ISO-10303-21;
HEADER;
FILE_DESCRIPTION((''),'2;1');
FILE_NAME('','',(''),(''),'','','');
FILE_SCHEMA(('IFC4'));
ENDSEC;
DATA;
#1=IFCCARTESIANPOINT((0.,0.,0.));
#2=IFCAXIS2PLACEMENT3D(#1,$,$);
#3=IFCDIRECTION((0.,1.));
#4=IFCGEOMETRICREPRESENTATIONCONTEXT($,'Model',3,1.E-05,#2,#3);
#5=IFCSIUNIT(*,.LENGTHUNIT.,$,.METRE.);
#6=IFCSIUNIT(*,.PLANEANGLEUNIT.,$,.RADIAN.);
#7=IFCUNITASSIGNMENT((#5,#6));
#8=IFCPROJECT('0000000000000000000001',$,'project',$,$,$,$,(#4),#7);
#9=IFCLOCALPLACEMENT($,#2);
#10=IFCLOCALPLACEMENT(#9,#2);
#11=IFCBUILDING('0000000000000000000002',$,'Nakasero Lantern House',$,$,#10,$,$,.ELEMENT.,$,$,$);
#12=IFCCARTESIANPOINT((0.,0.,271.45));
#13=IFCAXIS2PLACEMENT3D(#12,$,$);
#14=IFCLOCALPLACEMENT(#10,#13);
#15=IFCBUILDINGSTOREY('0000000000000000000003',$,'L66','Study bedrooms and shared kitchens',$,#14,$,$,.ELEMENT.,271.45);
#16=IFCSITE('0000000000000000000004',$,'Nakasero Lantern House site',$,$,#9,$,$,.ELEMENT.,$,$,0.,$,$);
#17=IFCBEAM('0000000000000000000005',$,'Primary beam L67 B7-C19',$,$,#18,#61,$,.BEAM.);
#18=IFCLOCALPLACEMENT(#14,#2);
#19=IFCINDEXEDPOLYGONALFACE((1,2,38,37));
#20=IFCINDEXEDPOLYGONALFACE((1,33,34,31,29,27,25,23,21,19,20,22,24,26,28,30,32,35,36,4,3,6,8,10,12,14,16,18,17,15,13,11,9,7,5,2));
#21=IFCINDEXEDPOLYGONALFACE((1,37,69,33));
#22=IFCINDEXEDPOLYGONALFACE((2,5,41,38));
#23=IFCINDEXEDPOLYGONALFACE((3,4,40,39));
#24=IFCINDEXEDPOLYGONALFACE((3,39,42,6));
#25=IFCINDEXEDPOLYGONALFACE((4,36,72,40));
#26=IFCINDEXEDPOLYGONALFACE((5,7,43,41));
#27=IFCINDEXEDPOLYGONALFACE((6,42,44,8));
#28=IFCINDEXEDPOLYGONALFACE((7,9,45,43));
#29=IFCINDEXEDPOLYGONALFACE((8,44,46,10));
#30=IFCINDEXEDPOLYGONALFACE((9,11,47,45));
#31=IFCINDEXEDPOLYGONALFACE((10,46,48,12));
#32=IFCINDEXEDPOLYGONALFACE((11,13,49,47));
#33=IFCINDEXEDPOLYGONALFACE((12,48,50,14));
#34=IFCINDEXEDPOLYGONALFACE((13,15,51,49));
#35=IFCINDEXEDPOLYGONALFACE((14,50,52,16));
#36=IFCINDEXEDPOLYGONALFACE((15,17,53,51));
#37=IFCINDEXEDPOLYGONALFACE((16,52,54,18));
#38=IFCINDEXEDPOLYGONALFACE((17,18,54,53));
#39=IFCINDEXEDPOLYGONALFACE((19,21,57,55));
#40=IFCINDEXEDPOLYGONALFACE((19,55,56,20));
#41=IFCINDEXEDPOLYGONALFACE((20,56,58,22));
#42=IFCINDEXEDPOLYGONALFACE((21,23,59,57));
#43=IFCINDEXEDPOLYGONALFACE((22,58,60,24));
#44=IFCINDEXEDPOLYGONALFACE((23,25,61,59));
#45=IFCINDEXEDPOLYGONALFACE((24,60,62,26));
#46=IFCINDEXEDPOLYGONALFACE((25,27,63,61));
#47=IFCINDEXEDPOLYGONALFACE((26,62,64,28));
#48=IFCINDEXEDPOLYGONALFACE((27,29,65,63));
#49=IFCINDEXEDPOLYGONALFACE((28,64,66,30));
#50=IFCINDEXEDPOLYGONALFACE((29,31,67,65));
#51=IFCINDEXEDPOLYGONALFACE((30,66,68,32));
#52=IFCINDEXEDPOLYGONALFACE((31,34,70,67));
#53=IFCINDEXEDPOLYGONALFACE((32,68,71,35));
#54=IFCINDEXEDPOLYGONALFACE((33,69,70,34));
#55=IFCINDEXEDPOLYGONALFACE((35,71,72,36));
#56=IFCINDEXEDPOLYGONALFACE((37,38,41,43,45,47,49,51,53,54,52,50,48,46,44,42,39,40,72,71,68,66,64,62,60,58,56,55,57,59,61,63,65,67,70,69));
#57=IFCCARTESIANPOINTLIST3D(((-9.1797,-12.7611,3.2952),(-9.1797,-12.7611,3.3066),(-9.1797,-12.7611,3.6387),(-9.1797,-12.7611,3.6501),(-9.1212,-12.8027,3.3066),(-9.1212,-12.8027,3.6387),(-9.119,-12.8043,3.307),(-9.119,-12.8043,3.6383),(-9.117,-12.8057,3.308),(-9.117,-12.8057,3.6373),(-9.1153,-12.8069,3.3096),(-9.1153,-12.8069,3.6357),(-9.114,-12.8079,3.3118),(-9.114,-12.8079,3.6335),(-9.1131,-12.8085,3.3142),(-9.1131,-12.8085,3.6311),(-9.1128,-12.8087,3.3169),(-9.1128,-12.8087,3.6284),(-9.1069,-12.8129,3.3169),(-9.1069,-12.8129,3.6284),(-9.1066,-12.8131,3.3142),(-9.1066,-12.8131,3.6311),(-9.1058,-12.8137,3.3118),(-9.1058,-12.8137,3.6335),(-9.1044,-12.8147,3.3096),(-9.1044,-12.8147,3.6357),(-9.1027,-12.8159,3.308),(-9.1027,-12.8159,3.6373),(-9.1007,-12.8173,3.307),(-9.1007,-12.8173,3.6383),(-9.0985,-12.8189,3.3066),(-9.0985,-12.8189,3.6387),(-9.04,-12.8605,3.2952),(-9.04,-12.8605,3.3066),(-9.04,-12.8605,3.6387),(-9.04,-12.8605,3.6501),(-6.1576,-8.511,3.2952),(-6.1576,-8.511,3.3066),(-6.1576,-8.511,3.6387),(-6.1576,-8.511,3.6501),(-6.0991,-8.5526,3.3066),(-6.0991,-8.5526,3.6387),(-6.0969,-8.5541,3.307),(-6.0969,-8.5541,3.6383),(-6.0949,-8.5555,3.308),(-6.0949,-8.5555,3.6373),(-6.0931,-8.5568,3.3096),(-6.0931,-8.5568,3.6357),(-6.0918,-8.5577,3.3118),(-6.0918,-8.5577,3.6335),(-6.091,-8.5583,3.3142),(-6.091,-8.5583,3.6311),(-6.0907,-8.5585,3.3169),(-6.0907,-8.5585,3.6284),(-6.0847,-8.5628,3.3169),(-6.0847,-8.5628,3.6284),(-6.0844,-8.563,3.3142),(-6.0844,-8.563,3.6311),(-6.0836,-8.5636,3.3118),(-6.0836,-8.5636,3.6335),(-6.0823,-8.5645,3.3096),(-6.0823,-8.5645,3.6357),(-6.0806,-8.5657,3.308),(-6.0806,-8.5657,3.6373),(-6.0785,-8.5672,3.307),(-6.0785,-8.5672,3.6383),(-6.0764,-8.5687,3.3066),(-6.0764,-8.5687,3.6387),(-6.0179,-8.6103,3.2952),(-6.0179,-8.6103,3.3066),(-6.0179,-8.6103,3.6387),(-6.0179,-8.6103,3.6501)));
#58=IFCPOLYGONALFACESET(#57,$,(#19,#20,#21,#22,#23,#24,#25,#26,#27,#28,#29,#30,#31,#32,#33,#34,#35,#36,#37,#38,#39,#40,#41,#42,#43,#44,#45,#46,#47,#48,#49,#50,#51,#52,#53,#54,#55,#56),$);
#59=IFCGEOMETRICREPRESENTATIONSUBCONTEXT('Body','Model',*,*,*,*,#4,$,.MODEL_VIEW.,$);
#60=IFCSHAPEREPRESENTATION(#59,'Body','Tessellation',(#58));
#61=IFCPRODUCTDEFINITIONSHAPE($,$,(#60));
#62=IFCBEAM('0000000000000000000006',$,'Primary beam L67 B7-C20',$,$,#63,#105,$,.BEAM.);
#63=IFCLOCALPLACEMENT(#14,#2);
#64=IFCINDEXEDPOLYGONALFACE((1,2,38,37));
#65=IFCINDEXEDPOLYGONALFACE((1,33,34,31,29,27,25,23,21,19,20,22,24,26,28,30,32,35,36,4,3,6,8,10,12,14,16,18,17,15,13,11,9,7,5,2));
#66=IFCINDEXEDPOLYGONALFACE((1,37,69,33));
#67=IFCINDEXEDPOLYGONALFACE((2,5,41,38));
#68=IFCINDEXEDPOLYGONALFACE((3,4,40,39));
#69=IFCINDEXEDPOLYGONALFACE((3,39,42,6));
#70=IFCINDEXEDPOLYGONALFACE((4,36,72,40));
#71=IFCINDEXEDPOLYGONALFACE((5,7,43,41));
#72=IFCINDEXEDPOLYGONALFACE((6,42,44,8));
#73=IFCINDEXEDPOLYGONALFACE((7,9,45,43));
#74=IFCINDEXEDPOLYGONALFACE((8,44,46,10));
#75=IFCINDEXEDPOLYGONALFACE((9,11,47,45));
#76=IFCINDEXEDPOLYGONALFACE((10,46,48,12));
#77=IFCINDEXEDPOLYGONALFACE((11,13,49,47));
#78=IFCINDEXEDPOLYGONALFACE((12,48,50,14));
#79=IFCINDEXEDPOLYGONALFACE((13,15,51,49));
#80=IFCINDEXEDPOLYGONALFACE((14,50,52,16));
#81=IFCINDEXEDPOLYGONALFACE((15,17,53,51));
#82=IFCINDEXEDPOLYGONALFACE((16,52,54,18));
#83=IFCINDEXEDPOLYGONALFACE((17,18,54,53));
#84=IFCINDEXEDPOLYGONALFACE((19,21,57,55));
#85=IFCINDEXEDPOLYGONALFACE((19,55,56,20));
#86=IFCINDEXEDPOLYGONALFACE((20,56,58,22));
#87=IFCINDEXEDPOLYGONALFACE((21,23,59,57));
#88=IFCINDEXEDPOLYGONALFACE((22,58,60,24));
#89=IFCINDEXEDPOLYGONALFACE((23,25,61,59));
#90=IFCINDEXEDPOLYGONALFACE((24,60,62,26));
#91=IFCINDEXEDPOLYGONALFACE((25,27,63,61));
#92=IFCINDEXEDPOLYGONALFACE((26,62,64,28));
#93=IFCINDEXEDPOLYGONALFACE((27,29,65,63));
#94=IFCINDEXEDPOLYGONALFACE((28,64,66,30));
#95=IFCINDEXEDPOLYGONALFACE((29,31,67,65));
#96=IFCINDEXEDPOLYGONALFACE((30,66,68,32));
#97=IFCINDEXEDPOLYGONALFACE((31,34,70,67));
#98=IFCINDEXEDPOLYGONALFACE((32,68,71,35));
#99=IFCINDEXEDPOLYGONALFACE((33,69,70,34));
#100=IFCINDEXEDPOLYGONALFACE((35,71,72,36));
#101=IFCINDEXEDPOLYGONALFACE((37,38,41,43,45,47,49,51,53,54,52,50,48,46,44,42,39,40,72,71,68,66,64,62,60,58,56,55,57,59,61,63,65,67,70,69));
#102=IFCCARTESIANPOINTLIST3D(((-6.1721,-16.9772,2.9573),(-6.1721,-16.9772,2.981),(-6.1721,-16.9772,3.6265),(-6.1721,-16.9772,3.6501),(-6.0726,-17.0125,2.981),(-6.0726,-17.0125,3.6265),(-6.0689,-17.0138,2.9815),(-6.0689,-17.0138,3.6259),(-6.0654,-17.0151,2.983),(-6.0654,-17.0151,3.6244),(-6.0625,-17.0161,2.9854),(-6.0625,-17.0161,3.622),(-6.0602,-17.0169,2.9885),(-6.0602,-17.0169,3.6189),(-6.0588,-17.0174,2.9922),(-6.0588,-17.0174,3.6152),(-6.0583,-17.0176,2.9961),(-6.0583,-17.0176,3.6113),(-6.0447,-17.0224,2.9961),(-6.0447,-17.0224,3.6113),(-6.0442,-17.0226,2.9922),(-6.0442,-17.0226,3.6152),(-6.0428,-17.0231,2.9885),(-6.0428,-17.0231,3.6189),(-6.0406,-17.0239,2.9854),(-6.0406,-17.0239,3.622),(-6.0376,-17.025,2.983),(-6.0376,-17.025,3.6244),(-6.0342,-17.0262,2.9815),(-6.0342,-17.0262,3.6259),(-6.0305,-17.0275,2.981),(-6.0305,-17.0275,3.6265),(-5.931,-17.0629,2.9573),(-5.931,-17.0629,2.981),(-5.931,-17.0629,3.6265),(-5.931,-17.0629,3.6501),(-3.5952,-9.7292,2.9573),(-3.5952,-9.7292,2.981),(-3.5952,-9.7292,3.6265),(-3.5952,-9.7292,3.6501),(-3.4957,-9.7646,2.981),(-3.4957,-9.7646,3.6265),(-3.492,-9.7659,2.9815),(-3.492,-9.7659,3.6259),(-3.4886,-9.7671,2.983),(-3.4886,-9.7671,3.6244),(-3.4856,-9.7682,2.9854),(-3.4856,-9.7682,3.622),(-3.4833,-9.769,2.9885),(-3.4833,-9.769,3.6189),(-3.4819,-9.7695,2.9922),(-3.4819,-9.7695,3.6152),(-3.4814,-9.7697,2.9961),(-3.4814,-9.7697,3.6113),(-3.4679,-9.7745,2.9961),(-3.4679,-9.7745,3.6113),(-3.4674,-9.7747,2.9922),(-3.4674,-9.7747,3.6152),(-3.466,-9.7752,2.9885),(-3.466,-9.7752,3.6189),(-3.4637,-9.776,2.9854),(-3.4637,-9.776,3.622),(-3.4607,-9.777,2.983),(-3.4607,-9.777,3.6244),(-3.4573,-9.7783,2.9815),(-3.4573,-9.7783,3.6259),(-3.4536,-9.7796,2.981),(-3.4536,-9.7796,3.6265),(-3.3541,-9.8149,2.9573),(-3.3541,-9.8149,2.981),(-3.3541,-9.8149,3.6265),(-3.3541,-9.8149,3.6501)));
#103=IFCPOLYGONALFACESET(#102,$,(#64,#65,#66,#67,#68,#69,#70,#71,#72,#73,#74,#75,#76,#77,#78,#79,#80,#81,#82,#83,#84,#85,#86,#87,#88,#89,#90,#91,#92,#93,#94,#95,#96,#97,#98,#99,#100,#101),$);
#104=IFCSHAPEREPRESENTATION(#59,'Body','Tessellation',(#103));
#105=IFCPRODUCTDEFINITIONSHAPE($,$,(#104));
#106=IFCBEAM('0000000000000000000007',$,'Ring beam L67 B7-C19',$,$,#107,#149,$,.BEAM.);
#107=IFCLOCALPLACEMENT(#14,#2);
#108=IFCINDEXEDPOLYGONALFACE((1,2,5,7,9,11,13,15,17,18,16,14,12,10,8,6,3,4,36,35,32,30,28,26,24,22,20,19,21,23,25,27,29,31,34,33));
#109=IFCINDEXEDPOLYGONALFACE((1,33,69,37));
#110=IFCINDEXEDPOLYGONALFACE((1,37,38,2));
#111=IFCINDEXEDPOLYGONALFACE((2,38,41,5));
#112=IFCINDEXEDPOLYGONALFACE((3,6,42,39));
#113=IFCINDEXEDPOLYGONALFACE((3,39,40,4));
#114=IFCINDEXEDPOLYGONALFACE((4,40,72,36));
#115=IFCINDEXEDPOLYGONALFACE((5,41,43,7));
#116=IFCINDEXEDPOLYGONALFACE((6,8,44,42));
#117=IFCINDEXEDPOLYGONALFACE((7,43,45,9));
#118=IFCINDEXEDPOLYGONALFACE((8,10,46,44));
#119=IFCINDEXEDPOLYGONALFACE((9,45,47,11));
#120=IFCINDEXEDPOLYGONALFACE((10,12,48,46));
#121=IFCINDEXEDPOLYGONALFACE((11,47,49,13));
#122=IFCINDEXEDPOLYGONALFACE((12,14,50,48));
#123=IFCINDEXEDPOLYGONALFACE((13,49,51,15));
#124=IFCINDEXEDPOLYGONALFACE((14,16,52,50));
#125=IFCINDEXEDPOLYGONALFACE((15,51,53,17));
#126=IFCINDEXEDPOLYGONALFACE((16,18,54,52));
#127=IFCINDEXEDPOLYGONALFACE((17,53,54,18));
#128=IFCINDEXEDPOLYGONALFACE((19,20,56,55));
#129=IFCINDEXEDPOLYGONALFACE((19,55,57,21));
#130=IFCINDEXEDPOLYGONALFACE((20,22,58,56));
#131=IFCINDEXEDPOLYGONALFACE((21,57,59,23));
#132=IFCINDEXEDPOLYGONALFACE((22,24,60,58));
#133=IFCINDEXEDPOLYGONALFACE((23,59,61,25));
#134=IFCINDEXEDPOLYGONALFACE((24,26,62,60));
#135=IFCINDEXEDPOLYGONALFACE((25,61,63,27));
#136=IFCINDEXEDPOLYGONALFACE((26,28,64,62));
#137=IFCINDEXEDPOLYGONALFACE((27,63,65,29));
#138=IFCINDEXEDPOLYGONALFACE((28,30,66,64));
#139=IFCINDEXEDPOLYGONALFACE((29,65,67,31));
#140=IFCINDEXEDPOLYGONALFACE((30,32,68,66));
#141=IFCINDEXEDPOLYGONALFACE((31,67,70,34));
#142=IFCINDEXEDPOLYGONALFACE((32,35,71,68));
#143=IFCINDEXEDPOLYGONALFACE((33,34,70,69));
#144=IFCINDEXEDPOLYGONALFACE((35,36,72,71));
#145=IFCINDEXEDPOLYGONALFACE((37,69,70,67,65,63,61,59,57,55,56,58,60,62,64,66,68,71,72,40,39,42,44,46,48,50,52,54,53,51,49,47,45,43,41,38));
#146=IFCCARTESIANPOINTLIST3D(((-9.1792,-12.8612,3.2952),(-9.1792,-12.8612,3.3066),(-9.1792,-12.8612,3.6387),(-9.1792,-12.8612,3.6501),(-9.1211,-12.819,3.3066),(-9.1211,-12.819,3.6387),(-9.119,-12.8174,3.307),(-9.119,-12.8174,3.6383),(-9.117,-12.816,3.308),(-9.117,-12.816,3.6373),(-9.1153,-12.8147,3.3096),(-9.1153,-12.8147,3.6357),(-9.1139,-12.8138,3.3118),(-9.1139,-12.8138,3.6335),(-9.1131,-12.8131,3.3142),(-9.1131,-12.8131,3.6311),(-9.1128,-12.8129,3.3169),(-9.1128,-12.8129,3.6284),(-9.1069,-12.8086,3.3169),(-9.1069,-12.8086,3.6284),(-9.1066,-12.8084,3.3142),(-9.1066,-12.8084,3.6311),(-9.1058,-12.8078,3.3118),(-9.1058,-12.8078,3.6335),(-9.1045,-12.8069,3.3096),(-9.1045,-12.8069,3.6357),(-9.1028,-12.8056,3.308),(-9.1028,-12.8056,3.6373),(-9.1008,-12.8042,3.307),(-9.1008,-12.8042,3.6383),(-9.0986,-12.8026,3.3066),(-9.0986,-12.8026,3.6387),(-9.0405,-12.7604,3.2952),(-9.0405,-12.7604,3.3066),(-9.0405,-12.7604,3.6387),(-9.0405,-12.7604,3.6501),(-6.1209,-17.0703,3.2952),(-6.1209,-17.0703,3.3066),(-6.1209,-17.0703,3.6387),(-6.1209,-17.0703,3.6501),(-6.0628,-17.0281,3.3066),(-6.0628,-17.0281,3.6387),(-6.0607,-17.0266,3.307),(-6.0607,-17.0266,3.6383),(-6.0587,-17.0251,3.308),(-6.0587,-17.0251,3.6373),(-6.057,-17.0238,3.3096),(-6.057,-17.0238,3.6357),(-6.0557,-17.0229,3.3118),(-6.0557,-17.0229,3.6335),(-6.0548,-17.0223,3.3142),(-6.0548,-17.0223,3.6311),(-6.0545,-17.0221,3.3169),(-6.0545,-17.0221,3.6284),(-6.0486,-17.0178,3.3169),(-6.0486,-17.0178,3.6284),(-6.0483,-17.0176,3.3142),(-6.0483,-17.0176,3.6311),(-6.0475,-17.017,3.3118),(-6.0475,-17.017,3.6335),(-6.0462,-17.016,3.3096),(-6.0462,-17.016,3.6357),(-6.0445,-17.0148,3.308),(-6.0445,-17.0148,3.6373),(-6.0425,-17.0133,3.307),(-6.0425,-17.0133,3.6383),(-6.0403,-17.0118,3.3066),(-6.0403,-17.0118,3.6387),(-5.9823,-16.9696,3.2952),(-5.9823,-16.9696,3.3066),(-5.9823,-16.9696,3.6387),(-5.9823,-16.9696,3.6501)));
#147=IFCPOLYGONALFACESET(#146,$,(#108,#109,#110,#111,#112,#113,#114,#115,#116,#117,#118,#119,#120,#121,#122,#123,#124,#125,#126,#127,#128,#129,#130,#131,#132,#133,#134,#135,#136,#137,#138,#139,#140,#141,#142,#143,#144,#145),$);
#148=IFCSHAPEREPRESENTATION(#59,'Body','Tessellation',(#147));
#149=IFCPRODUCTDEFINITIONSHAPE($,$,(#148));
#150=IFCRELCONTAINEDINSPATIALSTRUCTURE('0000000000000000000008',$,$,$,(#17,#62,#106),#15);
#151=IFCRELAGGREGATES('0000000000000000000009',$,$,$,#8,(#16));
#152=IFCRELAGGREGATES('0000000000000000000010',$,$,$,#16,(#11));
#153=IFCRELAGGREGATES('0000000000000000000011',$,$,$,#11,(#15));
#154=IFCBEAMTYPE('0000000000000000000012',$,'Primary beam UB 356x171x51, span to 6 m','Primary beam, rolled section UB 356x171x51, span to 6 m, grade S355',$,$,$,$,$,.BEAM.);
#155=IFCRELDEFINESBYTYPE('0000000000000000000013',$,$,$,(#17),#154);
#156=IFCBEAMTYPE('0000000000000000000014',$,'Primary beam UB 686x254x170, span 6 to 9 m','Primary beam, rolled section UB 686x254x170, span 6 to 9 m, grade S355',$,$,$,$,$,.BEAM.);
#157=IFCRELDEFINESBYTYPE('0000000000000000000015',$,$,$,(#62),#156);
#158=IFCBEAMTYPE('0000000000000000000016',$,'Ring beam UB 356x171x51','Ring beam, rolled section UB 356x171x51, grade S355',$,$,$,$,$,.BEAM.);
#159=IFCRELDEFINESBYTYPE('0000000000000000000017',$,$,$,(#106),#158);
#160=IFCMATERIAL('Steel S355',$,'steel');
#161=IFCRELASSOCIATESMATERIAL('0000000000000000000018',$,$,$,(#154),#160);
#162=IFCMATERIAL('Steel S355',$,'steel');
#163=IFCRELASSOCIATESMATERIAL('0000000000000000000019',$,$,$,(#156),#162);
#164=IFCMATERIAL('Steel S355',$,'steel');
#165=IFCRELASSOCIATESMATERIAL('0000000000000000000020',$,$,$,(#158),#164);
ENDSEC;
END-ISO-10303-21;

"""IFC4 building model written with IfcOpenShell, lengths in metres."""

from ifc_helpers import new_model, si_unit, direction, frame, origin, origin_2d, place, context, subcontext, project, spatial, i_section, extrude, material, material_profile, profile_set, type_object, element, save


model = new_model("IFC4")

# Units and contexts
model_context = context("Model", 3, precision=1e-05, world=origin(), true_north=direction((0.0, 1.0)))
body_context = subcontext(model_context, "Body", "Model", "MODEL_VIEW")
ifc_project = project(units=[si_unit("LENGTHUNIT", "METRE"), si_unit("PLANEANGLEUNIT", "RADIAN")], contexts=[model_context])

# Site, building, storey
site_placement = place(None, origin())
site = spatial("IfcSite", under=ifc_project, at=site_placement, Name="Nakasero Lantern House site", CompositionType="ELEMENT", RefElevation=0.0)
building_placement = place(site_placement, origin())
building = spatial("IfcBuilding", under=site, at=building_placement, Name="Nakasero Lantern House", CompositionType="ELEMENT")
storey_placement = place(building_placement, frame((0.0, 0.0, 271.45)))
storey = spatial("IfcBuildingStorey", under=building, at=storey_placement, Name="L66", Description="Study bedrooms and shared kitchens", CompositionType="ELEMENT", Elevation=271.45)

# Beams
ifc_material_1 = material(Name="Steel S355", Category="steel")
ifc_material_profile_1 = material_profile(ifc_material_1, i_section(OverallWidth=0.1714, OverallDepth=0.355, WebThickness=0.0073, FlangeThickness=0.0115, FilletRadius=0.0103, at=origin_2d()), Name="UB 356x171x51")
ifc_profile_set_1 = profile_set([ifc_material_profile_1], Name="Steel S355")
beam_type_1 = type_object("IfcBeamType", Name="Primary beam UB 356x171x51, span to 6 m", Description="Primary beam, rolled section UB 356x171x51, span to 6 m, grade S355", PredefinedType="BEAM", material=ifc_profile_set_1)
beam_1_placement = place(storey_placement, frame((-9.1099, -12.8108, 3.4727), z_axis=(0.579501, 0.814972, 0.0), x_axis=(-0.814972, 0.579501, 0.0)))
element("IfcBeam", 1, at=beam_1_placement, inside=storey, type_object=beam_type_1, Name="Primary beam L67 B7-C19", PredefinedType="BEAM", context=body_context, shape_type="SweptSolid", body=[
    extrude(i_section(OverallWidth=0.1714, OverallDepth=0.355, WebThickness=0.0073, FlangeThickness=0.0115, FilletRadius=0.0103, at=origin_2d()), origin(), (0.0, 0.0, 1.0), 5.2151),
])
ifc_material_2 = material(Name="Steel S355", Category="steel")
ifc_material_profile_2 = material_profile(ifc_material_2, i_section(OverallWidth=0.2559, OverallDepth=0.6929, WebThickness=0.0144, FlangeThickness=0.0237, FilletRadius=0.0151, at=origin_2d()), Name="UB 686x254x170")
ifc_profile_set_2 = profile_set([ifc_material_profile_2], Name="Steel S355")
beam_type_2 = type_object("IfcBeamType", Name="Primary beam UB 686x254x170, span 6 to 9 m", Description="Primary beam, rolled section UB 686x254x170, span 6 to 9 m, grade S355", PredefinedType="BEAM", material=ifc_profile_set_2)
beam_2_placement = place(storey_placement, frame((-6.0515, -17.02, 3.3037), z_axis=(0.334989, 0.942222, 0.0), x_axis=(-0.942222, 0.334989, 0.0)))
element("IfcBeam", 2, at=beam_2_placement, inside=storey, type_object=beam_type_2, Name="Primary beam L67 B7-C20", PredefinedType="BEAM", context=body_context, shape_type="SweptSolid", body=[
    extrude(i_section(OverallWidth=0.2559, OverallDepth=0.6929, WebThickness=0.0144, FlangeThickness=0.0237, FilletRadius=0.0151, at=origin_2d()), origin(), (0.0, 0.0, 1.0), 7.6924),
])
ifc_material_3 = material(Name="Steel S355", Category="steel")
ifc_material_profile_3 = material_profile(ifc_material_3, i_section(OverallWidth=0.1714, OverallDepth=0.355, WebThickness=0.0073, FlangeThickness=0.0115, FilletRadius=0.0103, at=origin_2d()), Name="UB 356x171x51")
ifc_profile_set_3 = profile_set([ifc_material_profile_3], Name="Steel S355")
beam_type_3 = type_object("IfcBeamType", Name="Ring beam UB 356x171x51", Description="Ring beam, rolled section UB 356x171x51, grade S355", PredefinedType="BEAM", material=ifc_profile_set_3)
beam_3_placement = place(storey_placement, frame((-9.1099, -12.8108, 3.4727), z_axis=(0.587806, -0.809002, 0.0), x_axis=(0.809002, 0.587806, 0.0)))
element("IfcBeam", 3, at=beam_3_placement, inside=storey, type_object=beam_type_3, Name="Ring beam L67 B7-C19", PredefinedType="BEAM", context=body_context, shape_type="SweptSolid", body=[
    extrude(i_section(OverallWidth=0.1714, OverallDepth=0.355, WebThickness=0.0073, FlangeThickness=0.0115, FilletRadius=0.0103, at=origin_2d()), origin(), (0.0, 0.0, 1.0), 5.2029),
])

save(model, "model.ifc")
